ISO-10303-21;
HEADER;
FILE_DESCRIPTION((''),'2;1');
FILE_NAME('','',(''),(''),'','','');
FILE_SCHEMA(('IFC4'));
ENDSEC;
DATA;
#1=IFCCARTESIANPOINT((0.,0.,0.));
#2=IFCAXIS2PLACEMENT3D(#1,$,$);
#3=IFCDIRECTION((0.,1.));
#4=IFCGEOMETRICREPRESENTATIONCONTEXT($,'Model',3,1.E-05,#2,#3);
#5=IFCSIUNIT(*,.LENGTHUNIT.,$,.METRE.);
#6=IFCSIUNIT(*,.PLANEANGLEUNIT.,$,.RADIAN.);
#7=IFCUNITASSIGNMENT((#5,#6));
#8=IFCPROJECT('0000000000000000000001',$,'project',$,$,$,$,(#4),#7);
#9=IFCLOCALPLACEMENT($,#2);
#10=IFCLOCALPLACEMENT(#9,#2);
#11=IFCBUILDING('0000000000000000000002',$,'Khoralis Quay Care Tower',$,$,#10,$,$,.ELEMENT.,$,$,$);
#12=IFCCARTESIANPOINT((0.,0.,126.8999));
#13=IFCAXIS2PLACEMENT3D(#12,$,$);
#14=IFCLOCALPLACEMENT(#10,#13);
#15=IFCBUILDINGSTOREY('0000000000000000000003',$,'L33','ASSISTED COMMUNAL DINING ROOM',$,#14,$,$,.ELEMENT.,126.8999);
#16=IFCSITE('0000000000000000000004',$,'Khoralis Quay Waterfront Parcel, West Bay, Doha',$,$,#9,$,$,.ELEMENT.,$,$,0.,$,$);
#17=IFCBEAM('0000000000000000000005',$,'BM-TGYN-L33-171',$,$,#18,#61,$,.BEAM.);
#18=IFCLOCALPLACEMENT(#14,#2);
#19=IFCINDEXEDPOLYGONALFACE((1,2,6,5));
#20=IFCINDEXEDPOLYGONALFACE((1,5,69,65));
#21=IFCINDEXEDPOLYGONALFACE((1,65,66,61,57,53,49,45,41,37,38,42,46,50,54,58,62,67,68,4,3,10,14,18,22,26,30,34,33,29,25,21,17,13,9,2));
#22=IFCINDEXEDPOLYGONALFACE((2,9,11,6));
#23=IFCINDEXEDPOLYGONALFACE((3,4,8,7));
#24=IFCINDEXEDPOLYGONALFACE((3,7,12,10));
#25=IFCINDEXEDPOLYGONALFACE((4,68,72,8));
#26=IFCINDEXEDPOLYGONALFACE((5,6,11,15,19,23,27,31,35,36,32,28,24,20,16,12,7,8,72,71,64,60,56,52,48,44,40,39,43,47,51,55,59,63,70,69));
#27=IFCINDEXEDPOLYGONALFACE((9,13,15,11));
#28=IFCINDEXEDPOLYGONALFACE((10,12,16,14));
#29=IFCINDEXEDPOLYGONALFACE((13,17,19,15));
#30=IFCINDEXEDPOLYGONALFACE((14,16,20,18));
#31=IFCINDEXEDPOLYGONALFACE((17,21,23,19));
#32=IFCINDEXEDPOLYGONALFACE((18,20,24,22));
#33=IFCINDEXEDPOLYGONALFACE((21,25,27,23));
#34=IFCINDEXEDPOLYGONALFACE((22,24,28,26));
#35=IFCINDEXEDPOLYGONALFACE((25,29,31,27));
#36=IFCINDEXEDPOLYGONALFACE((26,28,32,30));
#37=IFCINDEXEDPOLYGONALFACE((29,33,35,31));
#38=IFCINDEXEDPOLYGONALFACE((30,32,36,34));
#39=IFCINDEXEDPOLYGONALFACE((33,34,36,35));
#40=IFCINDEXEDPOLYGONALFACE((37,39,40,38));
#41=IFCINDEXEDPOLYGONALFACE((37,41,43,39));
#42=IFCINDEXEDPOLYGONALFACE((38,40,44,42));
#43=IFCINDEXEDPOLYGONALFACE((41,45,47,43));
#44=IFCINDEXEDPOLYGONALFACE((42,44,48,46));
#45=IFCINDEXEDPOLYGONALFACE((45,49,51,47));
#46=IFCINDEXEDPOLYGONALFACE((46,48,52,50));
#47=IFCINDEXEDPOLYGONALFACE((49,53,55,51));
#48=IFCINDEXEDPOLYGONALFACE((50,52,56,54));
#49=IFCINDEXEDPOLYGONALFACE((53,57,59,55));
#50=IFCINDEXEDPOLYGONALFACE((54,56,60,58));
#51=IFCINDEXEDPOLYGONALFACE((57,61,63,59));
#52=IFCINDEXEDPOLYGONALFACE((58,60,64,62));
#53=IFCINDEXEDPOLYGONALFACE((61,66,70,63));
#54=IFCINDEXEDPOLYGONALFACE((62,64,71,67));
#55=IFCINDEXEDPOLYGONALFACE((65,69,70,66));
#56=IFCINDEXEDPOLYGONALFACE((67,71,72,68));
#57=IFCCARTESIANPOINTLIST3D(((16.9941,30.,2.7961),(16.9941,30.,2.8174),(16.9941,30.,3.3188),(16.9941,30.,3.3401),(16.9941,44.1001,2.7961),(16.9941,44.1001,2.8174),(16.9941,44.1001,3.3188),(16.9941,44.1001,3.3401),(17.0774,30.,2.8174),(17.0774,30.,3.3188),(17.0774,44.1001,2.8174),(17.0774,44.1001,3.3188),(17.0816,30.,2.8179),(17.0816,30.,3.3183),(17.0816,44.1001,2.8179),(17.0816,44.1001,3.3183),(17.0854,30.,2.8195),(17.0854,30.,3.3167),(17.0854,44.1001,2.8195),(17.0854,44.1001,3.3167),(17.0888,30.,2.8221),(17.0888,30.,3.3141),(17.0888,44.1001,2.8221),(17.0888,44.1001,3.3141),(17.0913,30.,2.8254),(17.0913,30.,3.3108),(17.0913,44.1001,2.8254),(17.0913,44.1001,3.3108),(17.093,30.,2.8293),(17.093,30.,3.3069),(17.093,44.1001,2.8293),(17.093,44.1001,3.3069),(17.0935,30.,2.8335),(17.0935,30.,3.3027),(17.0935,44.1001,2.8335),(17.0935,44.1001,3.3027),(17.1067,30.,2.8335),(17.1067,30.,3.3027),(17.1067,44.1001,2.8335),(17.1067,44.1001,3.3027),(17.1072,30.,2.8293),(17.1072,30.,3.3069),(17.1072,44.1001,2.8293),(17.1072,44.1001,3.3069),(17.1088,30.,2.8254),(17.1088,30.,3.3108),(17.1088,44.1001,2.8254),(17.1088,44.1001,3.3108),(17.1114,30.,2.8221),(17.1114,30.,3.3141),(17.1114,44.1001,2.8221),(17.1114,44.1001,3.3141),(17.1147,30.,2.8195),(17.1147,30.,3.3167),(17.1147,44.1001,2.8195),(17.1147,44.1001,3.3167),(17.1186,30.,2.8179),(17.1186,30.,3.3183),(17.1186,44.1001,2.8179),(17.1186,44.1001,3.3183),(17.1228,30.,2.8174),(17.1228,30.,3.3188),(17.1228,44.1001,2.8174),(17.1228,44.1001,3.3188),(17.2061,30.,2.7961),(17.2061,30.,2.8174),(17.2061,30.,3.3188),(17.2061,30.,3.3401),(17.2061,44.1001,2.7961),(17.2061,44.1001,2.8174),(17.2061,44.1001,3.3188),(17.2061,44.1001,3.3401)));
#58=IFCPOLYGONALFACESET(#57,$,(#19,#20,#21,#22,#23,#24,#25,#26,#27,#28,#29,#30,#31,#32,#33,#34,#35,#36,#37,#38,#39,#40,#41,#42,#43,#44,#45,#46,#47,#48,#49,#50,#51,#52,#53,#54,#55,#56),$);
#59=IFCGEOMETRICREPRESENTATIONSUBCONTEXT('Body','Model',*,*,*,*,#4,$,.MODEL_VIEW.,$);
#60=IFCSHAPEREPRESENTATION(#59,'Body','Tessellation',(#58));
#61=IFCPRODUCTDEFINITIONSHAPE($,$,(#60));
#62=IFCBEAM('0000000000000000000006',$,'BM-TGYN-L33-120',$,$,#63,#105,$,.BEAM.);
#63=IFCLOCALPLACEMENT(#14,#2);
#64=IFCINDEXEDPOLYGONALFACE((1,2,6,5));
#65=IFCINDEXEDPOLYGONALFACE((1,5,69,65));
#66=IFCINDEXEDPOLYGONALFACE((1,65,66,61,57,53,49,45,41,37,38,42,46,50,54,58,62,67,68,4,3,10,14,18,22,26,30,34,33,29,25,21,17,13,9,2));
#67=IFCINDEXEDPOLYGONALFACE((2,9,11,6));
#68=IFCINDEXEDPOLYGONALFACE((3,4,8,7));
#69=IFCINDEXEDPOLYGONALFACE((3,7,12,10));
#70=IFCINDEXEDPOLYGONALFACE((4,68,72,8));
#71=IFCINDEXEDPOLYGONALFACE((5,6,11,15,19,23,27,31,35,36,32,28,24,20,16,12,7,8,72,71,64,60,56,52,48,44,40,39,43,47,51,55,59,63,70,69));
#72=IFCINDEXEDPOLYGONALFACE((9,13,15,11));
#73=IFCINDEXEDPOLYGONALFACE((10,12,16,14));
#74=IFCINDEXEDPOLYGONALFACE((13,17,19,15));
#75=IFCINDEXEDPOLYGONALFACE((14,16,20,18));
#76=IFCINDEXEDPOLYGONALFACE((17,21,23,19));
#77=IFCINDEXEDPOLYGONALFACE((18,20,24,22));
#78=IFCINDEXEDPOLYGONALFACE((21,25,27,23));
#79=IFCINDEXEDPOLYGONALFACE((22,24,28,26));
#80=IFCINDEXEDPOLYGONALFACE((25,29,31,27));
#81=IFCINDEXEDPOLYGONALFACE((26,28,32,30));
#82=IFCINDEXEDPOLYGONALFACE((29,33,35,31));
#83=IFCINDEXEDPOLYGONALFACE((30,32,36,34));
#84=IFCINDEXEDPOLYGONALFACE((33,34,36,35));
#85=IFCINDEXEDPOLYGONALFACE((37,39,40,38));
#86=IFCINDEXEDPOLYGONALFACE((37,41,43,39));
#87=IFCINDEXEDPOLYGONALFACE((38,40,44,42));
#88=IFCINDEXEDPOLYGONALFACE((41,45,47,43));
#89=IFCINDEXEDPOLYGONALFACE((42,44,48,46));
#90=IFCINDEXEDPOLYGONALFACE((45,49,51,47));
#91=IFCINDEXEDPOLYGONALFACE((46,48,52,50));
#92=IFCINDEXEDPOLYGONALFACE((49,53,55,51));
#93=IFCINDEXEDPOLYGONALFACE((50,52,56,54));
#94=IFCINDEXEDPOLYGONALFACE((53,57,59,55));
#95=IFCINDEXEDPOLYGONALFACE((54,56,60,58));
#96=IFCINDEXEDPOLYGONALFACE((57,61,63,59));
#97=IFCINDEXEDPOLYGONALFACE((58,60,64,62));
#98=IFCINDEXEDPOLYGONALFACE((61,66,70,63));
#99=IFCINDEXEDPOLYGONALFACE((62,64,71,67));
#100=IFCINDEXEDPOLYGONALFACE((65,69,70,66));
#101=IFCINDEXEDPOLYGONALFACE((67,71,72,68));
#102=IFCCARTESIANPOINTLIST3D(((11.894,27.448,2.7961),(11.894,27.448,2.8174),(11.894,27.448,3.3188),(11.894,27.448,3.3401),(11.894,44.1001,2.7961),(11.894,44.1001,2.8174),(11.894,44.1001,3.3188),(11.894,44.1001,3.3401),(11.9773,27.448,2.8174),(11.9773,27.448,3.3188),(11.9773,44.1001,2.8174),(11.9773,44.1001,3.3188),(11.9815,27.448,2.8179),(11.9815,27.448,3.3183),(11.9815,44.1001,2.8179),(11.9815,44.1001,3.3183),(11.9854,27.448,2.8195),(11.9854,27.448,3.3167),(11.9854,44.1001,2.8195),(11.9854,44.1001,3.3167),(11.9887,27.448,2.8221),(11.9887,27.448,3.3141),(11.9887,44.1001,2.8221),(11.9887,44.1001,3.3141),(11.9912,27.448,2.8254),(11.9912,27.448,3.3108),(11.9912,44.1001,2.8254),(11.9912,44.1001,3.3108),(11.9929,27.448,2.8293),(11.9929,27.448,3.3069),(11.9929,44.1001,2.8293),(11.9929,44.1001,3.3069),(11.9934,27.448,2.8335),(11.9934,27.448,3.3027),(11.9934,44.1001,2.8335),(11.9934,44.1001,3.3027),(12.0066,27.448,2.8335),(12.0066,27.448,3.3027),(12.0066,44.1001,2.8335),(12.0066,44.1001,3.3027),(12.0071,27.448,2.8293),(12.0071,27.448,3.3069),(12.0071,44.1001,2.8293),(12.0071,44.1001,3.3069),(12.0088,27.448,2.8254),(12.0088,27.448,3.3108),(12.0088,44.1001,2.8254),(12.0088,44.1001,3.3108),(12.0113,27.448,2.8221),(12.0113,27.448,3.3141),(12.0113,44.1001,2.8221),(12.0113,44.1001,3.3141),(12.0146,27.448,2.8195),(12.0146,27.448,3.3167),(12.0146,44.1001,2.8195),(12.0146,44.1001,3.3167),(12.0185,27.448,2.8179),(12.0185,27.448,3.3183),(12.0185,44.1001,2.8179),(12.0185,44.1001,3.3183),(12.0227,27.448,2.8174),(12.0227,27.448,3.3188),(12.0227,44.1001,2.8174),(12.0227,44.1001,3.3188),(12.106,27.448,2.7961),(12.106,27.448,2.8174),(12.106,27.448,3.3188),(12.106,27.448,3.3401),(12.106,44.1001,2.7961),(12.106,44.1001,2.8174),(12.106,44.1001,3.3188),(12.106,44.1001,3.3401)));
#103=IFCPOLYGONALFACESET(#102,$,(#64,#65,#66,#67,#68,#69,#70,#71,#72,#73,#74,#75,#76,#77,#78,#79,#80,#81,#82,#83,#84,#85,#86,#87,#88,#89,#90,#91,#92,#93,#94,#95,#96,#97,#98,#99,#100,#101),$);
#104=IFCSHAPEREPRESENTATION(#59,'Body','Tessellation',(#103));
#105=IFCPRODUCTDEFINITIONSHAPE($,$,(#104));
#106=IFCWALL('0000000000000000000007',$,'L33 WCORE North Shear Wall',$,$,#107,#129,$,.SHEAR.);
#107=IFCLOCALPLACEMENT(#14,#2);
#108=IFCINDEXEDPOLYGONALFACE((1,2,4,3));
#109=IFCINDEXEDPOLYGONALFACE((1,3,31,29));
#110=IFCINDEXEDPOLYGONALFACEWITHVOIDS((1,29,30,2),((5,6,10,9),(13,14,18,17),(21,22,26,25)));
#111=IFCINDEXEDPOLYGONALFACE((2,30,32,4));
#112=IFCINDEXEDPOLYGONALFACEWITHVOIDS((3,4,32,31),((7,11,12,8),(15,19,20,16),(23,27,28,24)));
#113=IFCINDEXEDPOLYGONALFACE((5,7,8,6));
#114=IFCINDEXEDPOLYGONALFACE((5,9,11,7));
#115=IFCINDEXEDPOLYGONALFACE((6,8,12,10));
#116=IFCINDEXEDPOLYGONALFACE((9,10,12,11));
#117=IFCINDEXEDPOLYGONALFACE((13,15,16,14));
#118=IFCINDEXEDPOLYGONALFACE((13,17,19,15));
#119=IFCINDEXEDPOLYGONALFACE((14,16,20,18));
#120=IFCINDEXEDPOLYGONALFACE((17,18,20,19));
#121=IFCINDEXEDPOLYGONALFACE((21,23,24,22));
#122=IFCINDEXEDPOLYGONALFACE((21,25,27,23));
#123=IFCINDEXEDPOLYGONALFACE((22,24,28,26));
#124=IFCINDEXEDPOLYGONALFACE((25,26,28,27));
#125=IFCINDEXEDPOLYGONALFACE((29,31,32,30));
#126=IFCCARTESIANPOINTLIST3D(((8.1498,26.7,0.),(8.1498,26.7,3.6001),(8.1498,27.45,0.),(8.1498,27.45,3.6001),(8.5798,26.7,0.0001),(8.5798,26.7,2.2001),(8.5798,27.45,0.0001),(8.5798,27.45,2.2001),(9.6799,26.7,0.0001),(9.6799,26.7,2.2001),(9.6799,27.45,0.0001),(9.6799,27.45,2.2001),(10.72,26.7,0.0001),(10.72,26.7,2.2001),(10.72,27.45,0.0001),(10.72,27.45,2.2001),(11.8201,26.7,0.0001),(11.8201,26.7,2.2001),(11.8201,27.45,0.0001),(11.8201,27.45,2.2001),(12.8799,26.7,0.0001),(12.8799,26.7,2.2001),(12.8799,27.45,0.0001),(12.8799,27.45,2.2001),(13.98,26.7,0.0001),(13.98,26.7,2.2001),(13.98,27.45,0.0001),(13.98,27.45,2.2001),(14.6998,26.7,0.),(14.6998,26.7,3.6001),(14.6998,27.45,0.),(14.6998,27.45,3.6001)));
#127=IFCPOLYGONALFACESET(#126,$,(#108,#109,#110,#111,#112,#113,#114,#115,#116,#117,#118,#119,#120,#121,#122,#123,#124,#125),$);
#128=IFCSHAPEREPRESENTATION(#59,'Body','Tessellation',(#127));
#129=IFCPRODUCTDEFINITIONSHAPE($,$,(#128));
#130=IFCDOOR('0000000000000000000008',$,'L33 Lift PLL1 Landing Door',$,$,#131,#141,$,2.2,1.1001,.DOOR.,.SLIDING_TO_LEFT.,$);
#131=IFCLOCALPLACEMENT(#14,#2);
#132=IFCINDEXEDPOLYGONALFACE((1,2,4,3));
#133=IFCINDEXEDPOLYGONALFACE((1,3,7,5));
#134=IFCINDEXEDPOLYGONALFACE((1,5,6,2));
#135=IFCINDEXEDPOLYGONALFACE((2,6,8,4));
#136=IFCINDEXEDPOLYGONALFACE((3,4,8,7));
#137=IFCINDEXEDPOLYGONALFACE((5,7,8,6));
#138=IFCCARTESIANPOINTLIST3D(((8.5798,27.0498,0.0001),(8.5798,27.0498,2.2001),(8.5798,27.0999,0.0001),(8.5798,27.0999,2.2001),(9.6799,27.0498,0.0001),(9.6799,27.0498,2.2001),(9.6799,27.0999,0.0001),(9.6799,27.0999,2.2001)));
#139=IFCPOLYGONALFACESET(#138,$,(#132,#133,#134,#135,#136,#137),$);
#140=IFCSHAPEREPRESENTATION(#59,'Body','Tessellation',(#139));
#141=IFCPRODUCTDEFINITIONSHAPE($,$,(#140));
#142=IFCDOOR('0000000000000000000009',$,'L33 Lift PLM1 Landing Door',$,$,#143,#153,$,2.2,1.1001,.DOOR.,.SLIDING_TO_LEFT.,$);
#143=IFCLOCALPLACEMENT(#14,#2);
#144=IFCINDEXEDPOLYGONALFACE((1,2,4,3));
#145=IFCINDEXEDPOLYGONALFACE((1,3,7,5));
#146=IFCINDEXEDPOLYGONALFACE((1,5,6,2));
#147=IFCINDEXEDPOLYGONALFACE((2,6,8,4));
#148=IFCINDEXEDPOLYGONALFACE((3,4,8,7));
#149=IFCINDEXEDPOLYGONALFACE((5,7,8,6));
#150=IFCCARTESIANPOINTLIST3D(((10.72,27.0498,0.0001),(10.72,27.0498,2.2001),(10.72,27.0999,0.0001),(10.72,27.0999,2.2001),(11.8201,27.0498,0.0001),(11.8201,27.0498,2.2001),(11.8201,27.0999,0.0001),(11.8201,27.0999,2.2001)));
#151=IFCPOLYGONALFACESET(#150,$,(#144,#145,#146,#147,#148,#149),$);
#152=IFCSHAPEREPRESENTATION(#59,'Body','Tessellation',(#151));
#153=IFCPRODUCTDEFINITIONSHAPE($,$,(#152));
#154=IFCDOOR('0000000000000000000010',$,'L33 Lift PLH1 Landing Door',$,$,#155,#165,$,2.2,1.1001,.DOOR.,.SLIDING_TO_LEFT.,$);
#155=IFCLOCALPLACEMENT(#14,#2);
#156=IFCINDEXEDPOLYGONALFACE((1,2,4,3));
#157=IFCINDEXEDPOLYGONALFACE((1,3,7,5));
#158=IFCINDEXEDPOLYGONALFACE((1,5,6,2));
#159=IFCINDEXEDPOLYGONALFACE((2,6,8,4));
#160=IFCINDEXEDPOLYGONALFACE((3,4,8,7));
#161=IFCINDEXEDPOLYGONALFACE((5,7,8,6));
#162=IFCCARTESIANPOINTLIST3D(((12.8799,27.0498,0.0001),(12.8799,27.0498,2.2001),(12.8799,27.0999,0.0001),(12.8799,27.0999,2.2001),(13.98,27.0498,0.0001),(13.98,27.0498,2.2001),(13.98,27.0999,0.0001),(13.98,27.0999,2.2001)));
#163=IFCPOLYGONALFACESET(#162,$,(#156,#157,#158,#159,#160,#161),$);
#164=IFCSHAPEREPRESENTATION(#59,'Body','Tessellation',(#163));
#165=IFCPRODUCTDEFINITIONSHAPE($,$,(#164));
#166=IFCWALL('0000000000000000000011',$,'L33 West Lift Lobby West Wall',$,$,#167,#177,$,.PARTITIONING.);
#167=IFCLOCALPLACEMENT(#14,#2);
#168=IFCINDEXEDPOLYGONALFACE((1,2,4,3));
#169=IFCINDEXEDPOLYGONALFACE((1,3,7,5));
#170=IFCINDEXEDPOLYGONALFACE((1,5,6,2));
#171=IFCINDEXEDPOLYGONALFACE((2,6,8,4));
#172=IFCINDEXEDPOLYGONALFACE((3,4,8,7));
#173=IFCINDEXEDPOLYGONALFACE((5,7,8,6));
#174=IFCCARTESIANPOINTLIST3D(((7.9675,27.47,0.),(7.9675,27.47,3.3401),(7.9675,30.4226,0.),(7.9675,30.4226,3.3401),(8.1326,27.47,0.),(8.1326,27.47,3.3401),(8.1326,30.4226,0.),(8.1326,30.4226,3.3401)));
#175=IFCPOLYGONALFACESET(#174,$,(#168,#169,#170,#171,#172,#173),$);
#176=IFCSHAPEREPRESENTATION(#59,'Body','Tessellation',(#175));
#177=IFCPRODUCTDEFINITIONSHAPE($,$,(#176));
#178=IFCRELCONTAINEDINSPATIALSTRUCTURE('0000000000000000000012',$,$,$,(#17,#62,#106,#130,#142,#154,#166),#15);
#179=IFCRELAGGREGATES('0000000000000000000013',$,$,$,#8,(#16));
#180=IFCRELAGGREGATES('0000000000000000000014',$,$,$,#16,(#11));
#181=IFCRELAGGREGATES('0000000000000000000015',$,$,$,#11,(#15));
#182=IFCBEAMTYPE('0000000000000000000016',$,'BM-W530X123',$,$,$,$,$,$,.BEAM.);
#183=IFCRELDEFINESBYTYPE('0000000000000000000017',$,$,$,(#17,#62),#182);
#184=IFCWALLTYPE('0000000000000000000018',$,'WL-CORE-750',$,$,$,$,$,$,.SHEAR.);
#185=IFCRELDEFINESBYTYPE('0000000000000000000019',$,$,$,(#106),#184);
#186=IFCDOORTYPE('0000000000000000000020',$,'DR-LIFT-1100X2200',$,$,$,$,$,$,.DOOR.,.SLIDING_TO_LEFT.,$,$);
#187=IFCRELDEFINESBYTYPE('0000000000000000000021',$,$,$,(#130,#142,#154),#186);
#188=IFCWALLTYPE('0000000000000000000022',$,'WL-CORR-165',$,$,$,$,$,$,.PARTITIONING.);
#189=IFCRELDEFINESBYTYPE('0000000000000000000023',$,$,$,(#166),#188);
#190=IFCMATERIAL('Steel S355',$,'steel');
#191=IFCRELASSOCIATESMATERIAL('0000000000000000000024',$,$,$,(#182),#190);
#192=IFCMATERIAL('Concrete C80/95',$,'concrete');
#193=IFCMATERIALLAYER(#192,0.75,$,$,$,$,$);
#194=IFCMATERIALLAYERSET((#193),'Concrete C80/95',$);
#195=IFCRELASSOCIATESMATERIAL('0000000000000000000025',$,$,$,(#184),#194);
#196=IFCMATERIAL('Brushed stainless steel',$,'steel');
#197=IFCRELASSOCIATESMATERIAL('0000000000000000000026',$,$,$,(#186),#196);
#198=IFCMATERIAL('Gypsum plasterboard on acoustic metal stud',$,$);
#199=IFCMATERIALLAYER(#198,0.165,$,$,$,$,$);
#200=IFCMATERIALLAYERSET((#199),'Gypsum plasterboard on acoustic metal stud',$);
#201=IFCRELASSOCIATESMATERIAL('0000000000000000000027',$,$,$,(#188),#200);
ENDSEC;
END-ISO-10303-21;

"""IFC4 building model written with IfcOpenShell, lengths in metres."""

from ifc_helpers import new_model, si_unit, direction, frame, frame_2d, origin, origin_2d, place, context, subcontext, project, spatial, rectangle, i_section, extrude, source, transform, mapped, material, layer, layer_set, material_profile, profile_set, type_object, element, fill, save


model = new_model("IFC4")

# Units and contexts
model_context = context("Model", 3, precision=1e-05, world=origin(), true_north=direction((0.0, 1.0)))
body_context = subcontext(model_context, "Body", "Model", "MODEL_VIEW")
ifc_project = project(units=[si_unit("LENGTHUNIT", "METRE"), si_unit("PLANEANGLEUNIT", "RADIAN")], contexts=[model_context])

# Site, building, storey
site_placement = place(None, origin())
site = spatial("IfcSite", under=ifc_project, at=site_placement, Name="Khoralis Quay Waterfront Parcel, West Bay, Doha", CompositionType="ELEMENT", RefElevation=0.0)
building_placement = place(site_placement, origin())
building = spatial("IfcBuilding", under=site, at=building_placement, Name="Khoralis Quay Care Tower", CompositionType="ELEMENT")
storey_placement = place(building_placement, frame((0.0, 0.0, 126.8999)))
storey = spatial("IfcBuildingStorey", under=building, at=storey_placement, Name="L33", Description="ASSISTED COMMUNAL DINING ROOM", CompositionType="ELEMENT", Elevation=126.8999)

# Beams
ifc_material_1 = material(Name="Steel S355", Category="steel")
ifc_material_profile_1 = material_profile(ifc_material_1, i_section(OverallWidth=0.2119, OverallDepth=0.5439, WebThickness=0.0132, FlangeThickness=0.0212, FilletRadius=0.0161, at=origin_2d()), Name="Steel S355")
ifc_profile_set_1 = profile_set([ifc_material_profile_1], Name="Steel S355")
beam_type_1 = type_object("IfcBeamType", Name="BM-W530X123", PredefinedType="BEAM", material=ifc_profile_set_1)
shared_shape_1 = source(origin(), body_context, "Body", "SweptSolid", [
    extrude(i_section(OverallWidth=0.2119, OverallDepth=0.5439, WebThickness=0.0132, FlangeThickness=0.0212, FilletRadius=0.0161, at=origin_2d()), origin(), (0.0, 0.0, 1.0), 14.1001),
])
for number, where, z_axis, x_axis, name in (
    (1, (17.1001, 30.0, 3.0681), (0.0, 1.0, 0.0), (-1.0, 0.0, 0.0), "BM-TGYN-L33-171"),
):
    element("IfcBeam", number, at=place(storey_placement, frame(where, z_axis=z_axis, x_axis=x_axis)), inside=storey, type_object=beam_type_1, Name=name, PredefinedType="BEAM", context=body_context, shape_type="MappedRepresentation", body=[
        mapped(shared_shape_1, transform((0.0, 0.0, 0.0), scale=1.0)),
    ])
shared_shape_2 = source(origin(), body_context, "Body", "SweptSolid", [
    extrude(i_section(OverallWidth=0.2119, OverallDepth=0.5439, WebThickness=0.0132, FlangeThickness=0.0212, FilletRadius=0.0161, at=origin_2d()), origin(), (0.0, 0.0, 1.0), 16.6521),
])
beam_1_placement = place(storey_placement, frame((12.0, 27.448, 3.0681), z_axis=(0.0, 1.0, 0.0), x_axis=(-1.0, 0.0, 0.0)))
element("IfcBeam", 2, at=beam_1_placement, inside=storey, type_object=beam_type_1, Name="BM-TGYN-L33-120", PredefinedType="BEAM", context=body_context, shape_type="MappedRepresentation", body=[
    mapped(shared_shape_2, transform((0.0, 0.0, 0.0), scale=1.0)),
])

# Wall, openings, doors
ifc_material_2 = material(Name="Concrete C80/95", Category="concrete")
ifc_layer_1 = layer(ifc_material_2, 0.75)
ifc_layer_set_1 = layer_set([ifc_layer_1], Name="Concrete C80/95")
wall_type_1 = type_object("IfcWallType", Name="WL-CORE-750", PredefinedType="SHEAR", material=ifc_layer_set_1)
wall_1_placement = place(storey_placement, frame((8.1499, 27.075, 0.0), z_axis=(0.0, 0.0, 1.0), x_axis=(1.0, 0.0, 0.0)))
wall_1 = element("IfcWall", 3, at=wall_1_placement, inside=storey, type_object=wall_type_1, Name="L33 WCORE North Shear Wall", PredefinedType="SHEAR", context=body_context, shape_type="SweptSolid", body=[
    extrude(rectangle(XDim=6.55, YDim=0.75, at=frame_2d((3.2749, 0.0))), origin(), (0.0, 0.0, 1.0), 3.6001),
])
opening_1_placement = place(wall_1_placement, frame((0.4299, 0.0, 0.0)))
opening_1 = element("IfcOpeningElement", 4, at=opening_1_placement, cuts=wall_1, PredefinedType="OPENING", context=body_context, shape_type="SweptSolid", body=[
    extrude(rectangle(XDim=1.1001, YDim=2.2, at=frame_2d((0.55, 1.1001))), frame((0.0, 0.385, 0.0), z_axis=(0.0, -1.0, 0.0), x_axis=(1.0, 0.0, 0.0)), (0.0, 0.0, 1.0), 0.77),
])
opening_2_placement = place(wall_1_placement, frame((2.5701, 0.0, 0.0)))
opening_2 = element("IfcOpeningElement", 5, at=opening_2_placement, cuts=wall_1, PredefinedType="OPENING", context=body_context, shape_type="SweptSolid", body=[
    extrude(rectangle(XDim=1.1001, YDim=2.2, at=frame_2d((0.55, 1.1001))), frame((0.0, 0.385, 0.0), z_axis=(0.0, -1.0, 0.0), x_axis=(1.0, 0.0, 0.0)), (0.0, 0.0, 1.0), 0.77),
])
opening_3_placement = place(wall_1_placement, frame((4.73, 0.0, 0.0)))
opening_3 = element("IfcOpeningElement", 6, at=opening_3_placement, cuts=wall_1, PredefinedType="OPENING", context=body_context, shape_type="SweptSolid", body=[
    extrude(rectangle(XDim=1.1001, YDim=2.2, at=frame_2d((0.55, 1.1001))), frame((0.0, 0.385, 0.0), z_axis=(0.0, -1.0, 0.0), x_axis=(1.0, 0.0, 0.0)), (0.0, 0.0, 1.0), 0.77),
])
ifc_material_3 = material(Name="Brushed stainless steel", Category="steel")
door_type_1 = type_object("IfcDoorType", Name="DR-LIFT-1100X2200", OperationType="SLIDING_TO_LEFT", PredefinedType="DOOR", material=ifc_material_3)
shared_shape_3 = source(origin(), body_context, "Body", "SweptSolid", [
    extrude(rectangle(XDim=1.1001, YDim=2.2, at=frame_2d((0.55, 1.1001))), frame((0.0, 0.0249, 0.0), z_axis=(0.0, -1.0, 0.0), x_axis=(1.0, 0.0, 0.0)), (0.0, 0.0, 1.0), 0.05),
])
door_1_placement = place(opening_1_placement, origin())
door_1 = element("IfcDoor", 7, at=door_1_placement, inside=storey, type_object=door_type_1, Name="L33 Lift PLL1 Landing Door", OperationType="SLIDING_TO_LEFT", OverallHeight=2.2, OverallWidth=1.1001, PredefinedType="DOOR", context=body_context, shape_type="MappedRepresentation", body=[
    mapped(shared_shape_3, transform((0.0, 0.0, 0.0), scale=1.0)),
])
fill(opening_1, door_1)
door_2_placement = place(opening_2_placement, origin())
door_2 = element("IfcDoor", 8, at=door_2_placement, inside=storey, type_object=door_type_1, Name="L33 Lift PLM1 Landing Door", OperationType="SLIDING_TO_LEFT", OverallHeight=2.2, OverallWidth=1.1001, PredefinedType="DOOR", context=body_context, shape_type="MappedRepresentation", body=[
    mapped(shared_shape_3, transform((0.0, 0.0, 0.0), scale=1.0)),
])
fill(opening_2, door_2)
door_3_placement = place(opening_3_placement, origin())
door_3 = element("IfcDoor", 9, at=door_3_placement, inside=storey, type_object=door_type_1, Name="L33 Lift PLH1 Landing Door", OperationType="SLIDING_TO_LEFT", OverallHeight=2.2, OverallWidth=1.1001, PredefinedType="DOOR", context=body_context, shape_type="MappedRepresentation", body=[
    mapped(shared_shape_3, transform((0.0, 0.0, 0.0), scale=1.0)),
])
fill(opening_3, door_3)

# Wall
ifc_material_4 = material(Name="Gypsum plasterboard on acoustic metal stud")
ifc_layer_2 = layer(ifc_material_4, 0.165)
ifc_layer_set_2 = layer_set([ifc_layer_2], Name="Gypsum plasterboard on acoustic metal stud")
wall_type_2 = type_object("IfcWallType", Name="WL-CORR-165", PredefinedType="PARTITIONING", material=ifc_layer_set_2)
for number, where, z_axis, x_axis, name in (
    (10, (8.05, 27.47, 0.0), (0.0, 0.0, 1.0), (0.0, 1.0, 0.0), "L33 West Lift Lobby West Wall"),
):
    element("IfcWall", number, at=place(storey_placement, frame(where, z_axis=z_axis, x_axis=x_axis)), inside=storey, type_object=wall_type_2, Name=name, PredefinedType="PARTITIONING", context=body_context, shape_type="SweptSolid", body=[
        extrude(rectangle(XDim=2.9526, YDim=0.165, at=frame_2d((1.4763, 0.0))), origin(), (0.0, 0.0, 1.0), 3.3401),
    ])

save(model, "model.ifc")
